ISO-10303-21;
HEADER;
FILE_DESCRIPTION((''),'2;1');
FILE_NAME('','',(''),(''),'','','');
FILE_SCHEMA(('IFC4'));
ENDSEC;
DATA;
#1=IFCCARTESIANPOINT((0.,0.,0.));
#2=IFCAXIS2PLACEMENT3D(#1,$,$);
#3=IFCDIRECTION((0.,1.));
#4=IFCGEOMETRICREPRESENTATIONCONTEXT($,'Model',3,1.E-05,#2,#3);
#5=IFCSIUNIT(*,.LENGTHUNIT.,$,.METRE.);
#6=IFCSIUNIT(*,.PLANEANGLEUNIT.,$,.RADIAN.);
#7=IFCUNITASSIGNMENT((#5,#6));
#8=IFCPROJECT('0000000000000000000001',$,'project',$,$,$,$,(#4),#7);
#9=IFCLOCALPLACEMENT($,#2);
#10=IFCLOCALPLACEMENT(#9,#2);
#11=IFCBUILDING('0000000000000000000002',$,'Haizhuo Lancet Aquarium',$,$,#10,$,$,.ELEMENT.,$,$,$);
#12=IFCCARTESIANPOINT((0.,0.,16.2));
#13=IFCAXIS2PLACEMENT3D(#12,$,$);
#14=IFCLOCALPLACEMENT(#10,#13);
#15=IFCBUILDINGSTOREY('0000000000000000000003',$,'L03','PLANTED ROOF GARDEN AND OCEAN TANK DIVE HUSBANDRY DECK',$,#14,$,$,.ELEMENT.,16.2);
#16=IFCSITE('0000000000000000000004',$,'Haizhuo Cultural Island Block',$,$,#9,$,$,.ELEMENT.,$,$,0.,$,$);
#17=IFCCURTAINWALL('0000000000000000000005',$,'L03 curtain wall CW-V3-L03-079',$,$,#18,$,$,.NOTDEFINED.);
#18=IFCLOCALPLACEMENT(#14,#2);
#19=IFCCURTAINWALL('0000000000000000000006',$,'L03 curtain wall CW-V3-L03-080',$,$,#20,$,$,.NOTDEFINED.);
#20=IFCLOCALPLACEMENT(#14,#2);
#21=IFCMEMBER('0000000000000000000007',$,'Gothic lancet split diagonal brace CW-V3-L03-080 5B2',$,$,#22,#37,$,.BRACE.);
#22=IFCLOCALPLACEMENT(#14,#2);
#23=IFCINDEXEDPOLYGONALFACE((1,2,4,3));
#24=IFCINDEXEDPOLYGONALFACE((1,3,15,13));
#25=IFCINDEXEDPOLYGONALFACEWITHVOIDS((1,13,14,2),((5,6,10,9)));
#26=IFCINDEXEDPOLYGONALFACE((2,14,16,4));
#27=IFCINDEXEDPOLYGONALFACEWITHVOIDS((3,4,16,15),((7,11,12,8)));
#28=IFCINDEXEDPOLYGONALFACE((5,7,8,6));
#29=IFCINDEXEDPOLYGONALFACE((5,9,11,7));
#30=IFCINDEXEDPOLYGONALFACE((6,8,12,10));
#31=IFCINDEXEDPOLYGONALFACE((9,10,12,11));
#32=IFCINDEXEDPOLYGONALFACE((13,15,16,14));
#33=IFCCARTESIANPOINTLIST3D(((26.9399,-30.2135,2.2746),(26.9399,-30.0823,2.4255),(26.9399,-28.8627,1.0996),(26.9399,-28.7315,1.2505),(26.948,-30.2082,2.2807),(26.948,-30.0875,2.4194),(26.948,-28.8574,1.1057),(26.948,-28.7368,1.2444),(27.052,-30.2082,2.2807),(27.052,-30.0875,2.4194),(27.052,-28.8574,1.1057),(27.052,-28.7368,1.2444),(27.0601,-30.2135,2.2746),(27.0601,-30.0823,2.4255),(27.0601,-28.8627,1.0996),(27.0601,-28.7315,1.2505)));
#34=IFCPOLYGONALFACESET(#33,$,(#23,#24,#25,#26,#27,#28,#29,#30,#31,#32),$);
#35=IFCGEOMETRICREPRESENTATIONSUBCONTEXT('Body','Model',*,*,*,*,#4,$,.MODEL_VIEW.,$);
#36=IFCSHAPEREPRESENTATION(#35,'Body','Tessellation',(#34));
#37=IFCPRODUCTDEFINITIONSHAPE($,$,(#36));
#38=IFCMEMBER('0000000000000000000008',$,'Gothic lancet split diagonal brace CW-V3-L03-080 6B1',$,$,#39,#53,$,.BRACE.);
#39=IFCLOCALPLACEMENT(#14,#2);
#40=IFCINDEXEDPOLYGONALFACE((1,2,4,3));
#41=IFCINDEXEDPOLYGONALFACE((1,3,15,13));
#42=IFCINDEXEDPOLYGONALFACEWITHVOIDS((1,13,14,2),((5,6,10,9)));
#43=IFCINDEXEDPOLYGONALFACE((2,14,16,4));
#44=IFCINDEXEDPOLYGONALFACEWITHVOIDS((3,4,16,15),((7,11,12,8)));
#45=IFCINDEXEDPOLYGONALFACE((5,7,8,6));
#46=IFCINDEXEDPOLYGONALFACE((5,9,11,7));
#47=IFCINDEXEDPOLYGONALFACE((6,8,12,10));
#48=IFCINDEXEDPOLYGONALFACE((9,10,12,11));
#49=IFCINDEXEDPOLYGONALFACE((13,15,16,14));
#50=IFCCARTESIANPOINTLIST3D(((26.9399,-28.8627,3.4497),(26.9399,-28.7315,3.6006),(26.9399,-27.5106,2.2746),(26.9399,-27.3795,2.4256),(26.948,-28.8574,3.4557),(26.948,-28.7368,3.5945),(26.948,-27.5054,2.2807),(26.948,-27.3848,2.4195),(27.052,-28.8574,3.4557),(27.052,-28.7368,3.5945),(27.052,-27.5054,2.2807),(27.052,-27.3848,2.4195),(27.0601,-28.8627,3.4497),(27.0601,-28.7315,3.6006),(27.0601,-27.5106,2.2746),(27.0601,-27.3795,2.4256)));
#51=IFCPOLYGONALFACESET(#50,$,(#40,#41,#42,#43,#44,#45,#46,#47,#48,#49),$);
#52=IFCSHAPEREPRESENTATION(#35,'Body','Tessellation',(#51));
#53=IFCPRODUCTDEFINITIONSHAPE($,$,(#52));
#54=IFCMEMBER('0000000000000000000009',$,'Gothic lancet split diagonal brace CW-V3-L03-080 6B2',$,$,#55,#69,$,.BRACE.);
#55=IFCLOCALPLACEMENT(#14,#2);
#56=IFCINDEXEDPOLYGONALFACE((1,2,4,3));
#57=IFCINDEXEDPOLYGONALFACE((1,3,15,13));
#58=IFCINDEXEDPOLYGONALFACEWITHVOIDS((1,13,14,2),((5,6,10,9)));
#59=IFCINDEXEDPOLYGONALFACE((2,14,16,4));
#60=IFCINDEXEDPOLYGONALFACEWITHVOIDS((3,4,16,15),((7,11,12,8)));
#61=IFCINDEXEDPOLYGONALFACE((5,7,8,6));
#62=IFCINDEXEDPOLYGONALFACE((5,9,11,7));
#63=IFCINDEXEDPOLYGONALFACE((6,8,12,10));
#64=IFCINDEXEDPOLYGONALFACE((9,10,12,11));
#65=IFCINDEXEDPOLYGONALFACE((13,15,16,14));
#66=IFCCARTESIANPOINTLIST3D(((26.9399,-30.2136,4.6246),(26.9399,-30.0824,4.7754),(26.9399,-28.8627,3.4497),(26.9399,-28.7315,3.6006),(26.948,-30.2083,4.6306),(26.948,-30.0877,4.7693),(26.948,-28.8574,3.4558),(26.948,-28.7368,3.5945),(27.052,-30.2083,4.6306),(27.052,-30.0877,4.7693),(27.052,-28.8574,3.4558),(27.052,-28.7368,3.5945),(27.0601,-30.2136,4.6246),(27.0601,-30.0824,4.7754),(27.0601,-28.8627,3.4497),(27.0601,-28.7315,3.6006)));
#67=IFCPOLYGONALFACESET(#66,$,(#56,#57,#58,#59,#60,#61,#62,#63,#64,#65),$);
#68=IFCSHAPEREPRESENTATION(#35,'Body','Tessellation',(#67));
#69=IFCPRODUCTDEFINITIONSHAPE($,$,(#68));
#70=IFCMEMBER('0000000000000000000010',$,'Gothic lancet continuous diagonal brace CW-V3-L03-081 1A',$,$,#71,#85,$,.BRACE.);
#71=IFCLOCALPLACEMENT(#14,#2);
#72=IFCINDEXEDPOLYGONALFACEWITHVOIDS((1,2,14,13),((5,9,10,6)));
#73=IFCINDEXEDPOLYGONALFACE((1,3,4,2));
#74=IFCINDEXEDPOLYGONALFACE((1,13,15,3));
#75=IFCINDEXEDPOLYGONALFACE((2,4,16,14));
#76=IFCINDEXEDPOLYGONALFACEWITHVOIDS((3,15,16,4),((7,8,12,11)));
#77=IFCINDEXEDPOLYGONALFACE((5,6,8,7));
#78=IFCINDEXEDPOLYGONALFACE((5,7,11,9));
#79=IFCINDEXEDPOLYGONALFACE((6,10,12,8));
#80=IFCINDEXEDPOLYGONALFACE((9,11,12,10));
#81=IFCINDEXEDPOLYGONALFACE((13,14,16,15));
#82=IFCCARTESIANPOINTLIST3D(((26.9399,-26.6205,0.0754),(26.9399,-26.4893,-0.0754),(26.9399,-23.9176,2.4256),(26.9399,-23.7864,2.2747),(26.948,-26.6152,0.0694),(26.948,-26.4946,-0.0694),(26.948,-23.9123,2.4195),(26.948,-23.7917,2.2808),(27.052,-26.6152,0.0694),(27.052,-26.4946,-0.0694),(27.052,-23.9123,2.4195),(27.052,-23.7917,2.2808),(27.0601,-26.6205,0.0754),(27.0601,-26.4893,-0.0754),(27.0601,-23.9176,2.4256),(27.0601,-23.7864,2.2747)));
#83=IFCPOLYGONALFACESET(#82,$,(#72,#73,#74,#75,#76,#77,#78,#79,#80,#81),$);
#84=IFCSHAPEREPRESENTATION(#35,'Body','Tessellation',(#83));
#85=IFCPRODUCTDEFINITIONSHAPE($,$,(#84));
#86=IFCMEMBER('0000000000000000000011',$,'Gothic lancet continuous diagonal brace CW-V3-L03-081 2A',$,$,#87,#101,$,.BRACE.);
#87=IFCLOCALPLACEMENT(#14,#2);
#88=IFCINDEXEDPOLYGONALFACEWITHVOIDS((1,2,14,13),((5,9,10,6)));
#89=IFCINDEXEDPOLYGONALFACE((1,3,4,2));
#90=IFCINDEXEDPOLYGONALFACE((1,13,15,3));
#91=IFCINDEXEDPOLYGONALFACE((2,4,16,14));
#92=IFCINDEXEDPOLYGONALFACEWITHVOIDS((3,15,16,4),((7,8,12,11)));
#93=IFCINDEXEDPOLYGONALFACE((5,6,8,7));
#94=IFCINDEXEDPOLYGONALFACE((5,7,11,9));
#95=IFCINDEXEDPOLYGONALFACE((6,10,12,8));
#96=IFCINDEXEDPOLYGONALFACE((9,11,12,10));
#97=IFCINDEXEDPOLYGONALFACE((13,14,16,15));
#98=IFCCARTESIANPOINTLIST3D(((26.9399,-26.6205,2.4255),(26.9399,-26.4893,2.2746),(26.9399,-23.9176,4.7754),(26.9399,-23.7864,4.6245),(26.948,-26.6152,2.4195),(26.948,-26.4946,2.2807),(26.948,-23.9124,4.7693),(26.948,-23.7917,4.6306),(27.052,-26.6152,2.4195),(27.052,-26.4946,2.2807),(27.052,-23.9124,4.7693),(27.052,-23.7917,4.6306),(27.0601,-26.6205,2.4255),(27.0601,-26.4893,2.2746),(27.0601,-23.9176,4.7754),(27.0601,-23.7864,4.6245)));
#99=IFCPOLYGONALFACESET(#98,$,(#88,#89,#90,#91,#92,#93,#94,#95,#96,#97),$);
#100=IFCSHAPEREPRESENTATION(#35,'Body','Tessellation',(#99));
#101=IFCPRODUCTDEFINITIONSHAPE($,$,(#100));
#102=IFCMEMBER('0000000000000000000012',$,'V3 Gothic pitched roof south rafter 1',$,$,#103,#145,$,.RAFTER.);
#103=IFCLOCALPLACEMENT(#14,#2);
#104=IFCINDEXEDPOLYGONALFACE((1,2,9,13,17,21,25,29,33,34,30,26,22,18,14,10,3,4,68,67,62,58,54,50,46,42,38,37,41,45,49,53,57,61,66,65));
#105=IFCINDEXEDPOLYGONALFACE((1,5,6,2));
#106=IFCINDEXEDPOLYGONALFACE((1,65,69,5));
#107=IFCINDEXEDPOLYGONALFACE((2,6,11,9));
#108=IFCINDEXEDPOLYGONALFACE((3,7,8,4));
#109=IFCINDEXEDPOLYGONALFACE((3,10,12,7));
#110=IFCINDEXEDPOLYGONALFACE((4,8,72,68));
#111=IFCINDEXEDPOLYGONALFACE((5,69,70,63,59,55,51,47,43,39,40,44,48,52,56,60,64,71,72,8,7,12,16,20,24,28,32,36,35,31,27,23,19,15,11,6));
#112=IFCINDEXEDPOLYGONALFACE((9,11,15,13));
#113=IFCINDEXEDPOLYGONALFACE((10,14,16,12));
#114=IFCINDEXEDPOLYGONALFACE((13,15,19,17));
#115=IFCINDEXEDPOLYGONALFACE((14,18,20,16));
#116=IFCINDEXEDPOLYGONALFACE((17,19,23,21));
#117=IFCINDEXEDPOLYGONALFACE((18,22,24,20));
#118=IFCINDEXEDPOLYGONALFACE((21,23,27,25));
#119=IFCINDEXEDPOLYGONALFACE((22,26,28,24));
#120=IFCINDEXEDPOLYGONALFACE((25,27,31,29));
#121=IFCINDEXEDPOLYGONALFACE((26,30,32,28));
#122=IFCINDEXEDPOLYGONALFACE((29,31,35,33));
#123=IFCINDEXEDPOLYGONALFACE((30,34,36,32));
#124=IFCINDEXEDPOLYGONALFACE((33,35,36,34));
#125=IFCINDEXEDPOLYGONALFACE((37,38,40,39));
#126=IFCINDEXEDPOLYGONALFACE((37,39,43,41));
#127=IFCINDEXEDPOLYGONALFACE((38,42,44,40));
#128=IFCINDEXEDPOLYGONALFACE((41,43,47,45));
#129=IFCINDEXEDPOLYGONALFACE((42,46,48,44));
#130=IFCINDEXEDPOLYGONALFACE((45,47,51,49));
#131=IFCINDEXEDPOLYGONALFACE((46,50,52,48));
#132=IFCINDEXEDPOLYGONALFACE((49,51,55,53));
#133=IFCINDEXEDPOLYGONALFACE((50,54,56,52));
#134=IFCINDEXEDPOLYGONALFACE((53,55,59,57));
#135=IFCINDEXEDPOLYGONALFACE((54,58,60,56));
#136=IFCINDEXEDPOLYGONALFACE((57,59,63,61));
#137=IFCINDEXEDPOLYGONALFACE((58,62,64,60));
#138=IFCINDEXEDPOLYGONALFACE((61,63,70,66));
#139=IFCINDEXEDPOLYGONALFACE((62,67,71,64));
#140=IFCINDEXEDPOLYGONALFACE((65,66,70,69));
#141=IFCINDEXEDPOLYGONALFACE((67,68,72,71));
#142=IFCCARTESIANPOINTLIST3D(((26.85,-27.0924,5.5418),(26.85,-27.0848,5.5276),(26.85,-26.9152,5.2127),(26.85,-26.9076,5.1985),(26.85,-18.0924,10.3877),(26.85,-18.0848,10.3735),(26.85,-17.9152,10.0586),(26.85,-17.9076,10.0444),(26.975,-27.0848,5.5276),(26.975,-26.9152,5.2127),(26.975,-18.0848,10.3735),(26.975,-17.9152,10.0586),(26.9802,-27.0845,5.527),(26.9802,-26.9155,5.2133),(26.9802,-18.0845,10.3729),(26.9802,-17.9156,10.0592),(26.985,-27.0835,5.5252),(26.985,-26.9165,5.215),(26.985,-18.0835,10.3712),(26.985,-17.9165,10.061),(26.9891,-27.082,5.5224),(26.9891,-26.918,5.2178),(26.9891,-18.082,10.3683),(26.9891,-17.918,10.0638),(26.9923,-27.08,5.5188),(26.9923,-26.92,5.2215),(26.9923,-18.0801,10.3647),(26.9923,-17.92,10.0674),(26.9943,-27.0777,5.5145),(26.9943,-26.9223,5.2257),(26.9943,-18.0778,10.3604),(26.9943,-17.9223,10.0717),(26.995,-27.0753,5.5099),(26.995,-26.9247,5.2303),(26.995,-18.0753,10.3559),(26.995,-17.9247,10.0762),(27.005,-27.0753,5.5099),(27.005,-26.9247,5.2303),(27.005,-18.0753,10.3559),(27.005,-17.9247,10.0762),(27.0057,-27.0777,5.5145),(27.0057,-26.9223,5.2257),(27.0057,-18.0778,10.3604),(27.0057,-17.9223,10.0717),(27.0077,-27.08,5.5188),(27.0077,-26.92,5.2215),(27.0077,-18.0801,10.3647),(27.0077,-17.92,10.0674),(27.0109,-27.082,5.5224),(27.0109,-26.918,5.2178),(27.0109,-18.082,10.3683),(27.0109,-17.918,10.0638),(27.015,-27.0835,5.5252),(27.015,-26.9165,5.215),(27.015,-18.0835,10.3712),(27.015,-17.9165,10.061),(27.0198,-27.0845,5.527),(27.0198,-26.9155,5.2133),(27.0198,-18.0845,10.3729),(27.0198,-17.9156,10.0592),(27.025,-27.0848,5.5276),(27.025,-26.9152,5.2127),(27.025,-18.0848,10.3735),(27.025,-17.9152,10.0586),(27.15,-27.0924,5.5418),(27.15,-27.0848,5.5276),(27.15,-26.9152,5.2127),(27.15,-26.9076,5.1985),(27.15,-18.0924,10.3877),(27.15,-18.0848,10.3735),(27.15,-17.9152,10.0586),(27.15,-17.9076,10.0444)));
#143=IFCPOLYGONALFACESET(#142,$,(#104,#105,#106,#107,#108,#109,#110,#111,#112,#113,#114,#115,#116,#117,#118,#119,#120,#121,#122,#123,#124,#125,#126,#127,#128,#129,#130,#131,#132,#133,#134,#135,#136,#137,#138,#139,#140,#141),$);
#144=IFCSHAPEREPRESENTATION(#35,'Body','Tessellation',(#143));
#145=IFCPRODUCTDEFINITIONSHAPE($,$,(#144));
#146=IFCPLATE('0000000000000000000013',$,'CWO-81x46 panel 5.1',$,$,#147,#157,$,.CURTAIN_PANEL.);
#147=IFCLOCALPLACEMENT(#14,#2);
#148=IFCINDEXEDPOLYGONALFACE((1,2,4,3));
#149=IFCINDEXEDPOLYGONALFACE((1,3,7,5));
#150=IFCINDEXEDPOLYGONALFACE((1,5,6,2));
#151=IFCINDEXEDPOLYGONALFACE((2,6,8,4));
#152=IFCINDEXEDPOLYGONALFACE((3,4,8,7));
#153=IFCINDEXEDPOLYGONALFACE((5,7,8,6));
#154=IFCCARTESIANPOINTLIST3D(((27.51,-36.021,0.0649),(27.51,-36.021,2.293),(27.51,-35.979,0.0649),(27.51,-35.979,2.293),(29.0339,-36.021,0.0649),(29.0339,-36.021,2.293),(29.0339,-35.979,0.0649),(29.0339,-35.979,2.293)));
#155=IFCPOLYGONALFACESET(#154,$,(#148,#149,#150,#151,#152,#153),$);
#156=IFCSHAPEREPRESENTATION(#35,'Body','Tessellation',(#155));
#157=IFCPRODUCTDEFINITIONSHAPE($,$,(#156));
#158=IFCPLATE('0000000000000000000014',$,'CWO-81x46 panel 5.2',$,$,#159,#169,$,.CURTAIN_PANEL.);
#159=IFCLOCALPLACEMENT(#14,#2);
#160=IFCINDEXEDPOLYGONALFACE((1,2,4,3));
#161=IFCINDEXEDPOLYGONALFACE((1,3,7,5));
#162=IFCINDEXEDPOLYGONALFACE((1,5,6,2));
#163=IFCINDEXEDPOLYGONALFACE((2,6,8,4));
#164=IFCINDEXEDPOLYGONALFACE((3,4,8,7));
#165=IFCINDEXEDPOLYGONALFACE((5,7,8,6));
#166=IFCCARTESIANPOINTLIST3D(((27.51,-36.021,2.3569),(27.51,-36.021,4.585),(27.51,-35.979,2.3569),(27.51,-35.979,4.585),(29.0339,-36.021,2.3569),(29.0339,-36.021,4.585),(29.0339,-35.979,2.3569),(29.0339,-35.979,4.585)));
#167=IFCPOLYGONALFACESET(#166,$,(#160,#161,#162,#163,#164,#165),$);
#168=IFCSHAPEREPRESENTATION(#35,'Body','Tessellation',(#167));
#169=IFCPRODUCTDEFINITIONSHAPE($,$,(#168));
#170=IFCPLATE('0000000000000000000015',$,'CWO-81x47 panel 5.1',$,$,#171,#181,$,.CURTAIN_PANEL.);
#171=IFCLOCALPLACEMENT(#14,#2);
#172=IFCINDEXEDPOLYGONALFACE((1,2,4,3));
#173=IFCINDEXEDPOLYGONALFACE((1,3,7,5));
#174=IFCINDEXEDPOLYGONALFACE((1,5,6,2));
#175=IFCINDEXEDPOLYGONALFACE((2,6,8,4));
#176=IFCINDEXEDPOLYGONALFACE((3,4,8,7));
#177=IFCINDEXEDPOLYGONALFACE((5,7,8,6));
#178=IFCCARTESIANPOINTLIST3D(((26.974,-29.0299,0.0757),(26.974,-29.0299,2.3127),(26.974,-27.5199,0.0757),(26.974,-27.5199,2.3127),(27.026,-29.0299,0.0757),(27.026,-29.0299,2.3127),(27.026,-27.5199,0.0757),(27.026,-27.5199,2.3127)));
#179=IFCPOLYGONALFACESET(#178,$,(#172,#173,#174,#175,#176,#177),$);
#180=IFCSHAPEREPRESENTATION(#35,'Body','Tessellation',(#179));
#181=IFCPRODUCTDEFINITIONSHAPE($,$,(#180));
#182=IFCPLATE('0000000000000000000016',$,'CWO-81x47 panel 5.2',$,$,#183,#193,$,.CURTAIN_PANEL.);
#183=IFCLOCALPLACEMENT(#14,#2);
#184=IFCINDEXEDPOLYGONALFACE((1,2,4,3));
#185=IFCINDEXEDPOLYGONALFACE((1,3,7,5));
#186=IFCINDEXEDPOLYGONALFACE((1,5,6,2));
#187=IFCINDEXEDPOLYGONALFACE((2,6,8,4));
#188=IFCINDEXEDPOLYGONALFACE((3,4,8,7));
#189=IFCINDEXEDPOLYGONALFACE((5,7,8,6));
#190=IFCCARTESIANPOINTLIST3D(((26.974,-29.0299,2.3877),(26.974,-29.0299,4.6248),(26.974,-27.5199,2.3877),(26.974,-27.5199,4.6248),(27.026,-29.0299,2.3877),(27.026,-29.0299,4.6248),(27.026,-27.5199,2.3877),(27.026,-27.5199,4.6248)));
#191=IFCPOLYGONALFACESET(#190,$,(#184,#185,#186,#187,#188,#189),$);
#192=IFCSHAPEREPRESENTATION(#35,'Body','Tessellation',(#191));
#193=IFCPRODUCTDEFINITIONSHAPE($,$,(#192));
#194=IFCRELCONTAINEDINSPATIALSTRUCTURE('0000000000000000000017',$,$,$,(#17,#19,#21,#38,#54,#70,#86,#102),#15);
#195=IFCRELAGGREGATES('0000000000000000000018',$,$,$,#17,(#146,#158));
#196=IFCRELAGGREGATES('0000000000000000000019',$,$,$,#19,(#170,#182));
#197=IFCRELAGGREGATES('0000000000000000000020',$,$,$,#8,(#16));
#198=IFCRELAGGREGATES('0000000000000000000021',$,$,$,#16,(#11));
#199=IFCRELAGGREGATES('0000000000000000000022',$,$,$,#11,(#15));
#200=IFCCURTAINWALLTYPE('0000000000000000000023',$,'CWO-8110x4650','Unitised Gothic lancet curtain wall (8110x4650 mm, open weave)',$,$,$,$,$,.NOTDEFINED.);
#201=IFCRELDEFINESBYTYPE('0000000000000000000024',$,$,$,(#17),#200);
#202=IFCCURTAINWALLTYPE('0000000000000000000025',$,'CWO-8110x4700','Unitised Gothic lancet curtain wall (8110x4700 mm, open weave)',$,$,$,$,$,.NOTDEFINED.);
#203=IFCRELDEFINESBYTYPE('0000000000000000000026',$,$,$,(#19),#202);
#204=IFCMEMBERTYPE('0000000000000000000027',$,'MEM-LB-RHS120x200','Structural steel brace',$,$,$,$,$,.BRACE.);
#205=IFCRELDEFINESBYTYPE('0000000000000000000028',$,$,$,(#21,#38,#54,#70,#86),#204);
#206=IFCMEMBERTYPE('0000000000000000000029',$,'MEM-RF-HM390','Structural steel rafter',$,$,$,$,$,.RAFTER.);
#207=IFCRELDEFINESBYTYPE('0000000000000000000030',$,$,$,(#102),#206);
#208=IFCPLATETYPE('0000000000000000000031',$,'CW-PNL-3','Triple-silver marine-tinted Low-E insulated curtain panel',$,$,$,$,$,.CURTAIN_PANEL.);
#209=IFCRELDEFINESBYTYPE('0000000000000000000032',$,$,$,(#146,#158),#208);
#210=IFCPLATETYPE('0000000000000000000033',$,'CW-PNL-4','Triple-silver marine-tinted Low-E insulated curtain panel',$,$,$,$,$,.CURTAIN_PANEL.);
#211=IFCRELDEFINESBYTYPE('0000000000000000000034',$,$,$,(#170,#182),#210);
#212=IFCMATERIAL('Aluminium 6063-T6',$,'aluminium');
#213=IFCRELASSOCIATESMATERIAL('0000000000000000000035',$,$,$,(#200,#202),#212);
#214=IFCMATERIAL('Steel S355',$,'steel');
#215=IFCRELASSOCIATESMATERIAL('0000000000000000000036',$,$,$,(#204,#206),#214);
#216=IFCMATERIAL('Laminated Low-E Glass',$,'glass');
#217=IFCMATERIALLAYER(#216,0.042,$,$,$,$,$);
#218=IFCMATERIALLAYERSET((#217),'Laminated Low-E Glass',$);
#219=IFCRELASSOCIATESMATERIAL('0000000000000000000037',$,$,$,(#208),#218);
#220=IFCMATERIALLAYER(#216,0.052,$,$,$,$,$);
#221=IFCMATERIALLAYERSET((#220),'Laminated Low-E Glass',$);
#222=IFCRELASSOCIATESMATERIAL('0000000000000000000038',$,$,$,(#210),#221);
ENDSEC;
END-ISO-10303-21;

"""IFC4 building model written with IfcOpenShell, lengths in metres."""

from ifc_helpers import new_model, si_unit, direction, frame, origin, origin_2d, place, context, subcontext, project, spatial, rectangle, hollow_rectangle, i_section, extrude, material, layer, layer_set, material_profile, profile_set, type_object, element, aggregate, save


model = new_model("IFC4")

# Units and contexts
model_context = context("Model", 3, precision=1e-05, world=origin(), true_north=direction((0.0, 1.0)))
body_context = subcontext(model_context, "Body", "Model", "MODEL_VIEW")
ifc_project = project(units=[si_unit("LENGTHUNIT", "METRE"), si_unit("PLANEANGLEUNIT", "RADIAN")], contexts=[model_context])

# Site, building, storey
site_placement = place(None, origin())
site = spatial("IfcSite", under=ifc_project, at=site_placement, Name="Haizhuo Cultural Island Block", CompositionType="ELEMENT", RefElevation=0.0)
building_placement = place(site_placement, origin())
building = spatial("IfcBuilding", under=site, at=building_placement, Name="Haizhuo Lancet Aquarium", CompositionType="ELEMENT")
storey_placement = place(building_placement, frame((0.0, 0.0, 16.2)))
storey = spatial("IfcBuildingStorey", under=building, at=storey_placement, Name="L03", Description="PLANTED ROOF GARDEN AND OCEAN TANK DIVE HUSBANDRY DECK", CompositionType="ELEMENT", Elevation=16.2)

# Curtain wall
ifc_material_1 = material(Name="Aluminium 6063-T6", Category="aluminium")
curtain_wall_type_1 = type_object("IfcCurtainWallType", Name="CWO-8110x4650", Description="Unitised Gothic lancet curtain wall (8110x4650 mm, open weave)", PredefinedType="NOTDEFINED", material=ifc_material_1)
curtain_wall_1_placement = place(storey_placement, origin())
curtain_wall_1 = element("IfcCurtainWall", 1, at=curtain_wall_1_placement, inside=storey, type_object=curtain_wall_type_1, Name="L03 curtain wall CW-V3-L03-079", PredefinedType="NOTDEFINED")

# Curtain wall
curtain_wall_type_2 = type_object("IfcCurtainWallType", Name="CWO-8110x4700", Description="Unitised Gothic lancet curtain wall (8110x4700 mm, open weave)", PredefinedType="NOTDEFINED", material=ifc_material_1)
curtain_wall_2_placement = place(storey_placement, origin())
curtain_wall_2 = element("IfcCurtainWall", 2, at=curtain_wall_2_placement, inside=storey, type_object=curtain_wall_type_2, Name="L03 curtain wall CW-V3-L03-080", PredefinedType="NOTDEFINED")

# Members
ifc_material_2 = material(Name="Steel S355", Category="steel")
ifc_material_profile_1 = material_profile(ifc_material_2, hollow_rectangle(XDim=0.1201, YDim=0.2, WallThickness=0.0081, at=origin_2d()), Name="RHS 120x200x8")
ifc_profile_set_1 = profile_set([ifc_material_profile_1], Name="Steel S355")
member_type_1 = type_object("IfcMemberType", Name="MEM-LB-RHS120x200", Description="Structural steel brace", PredefinedType="BRACE", material=ifc_profile_set_1)
member_1_placement = place(storey_placement, frame((27.0, -28.7971, 1.175), z_axis=(0.0, -0.754491, 0.65631), x_axis=(1.0, 0.0, 0.0)))
element("IfcMember", 3, at=member_1_placement, inside=storey, type_object=member_type_1, Name="Gothic lancet split diagonal brace CW-V3-L03-080 5B2", PredefinedType="BRACE", context=body_context, shape_type="SweptSolid", body=[
    extrude(hollow_rectangle(XDim=0.1201, YDim=0.2, WallThickness=0.0081, at=origin_2d()), origin(), (0.0, 0.0, 1.0), 1.7903),
])
member_2_placement = place(storey_placement, frame((27.0, -27.4451, 2.3501), z_axis=(0.0, -0.754784, 0.655973), x_axis=(1.0, 0.0, 0.0)))
element("IfcMember", 4, at=member_2_placement, inside=storey, type_object=member_type_1, Name="Gothic lancet split diagonal brace CW-V3-L03-080 6B1", PredefinedType="BRACE", context=body_context, shape_type="SweptSolid", body=[
    extrude(hollow_rectangle(XDim=0.1201, YDim=0.2, WallThickness=0.0081, at=origin_2d()), origin(), (0.0, 0.0, 1.0), 1.7913),
])
member_3_placement = place(storey_placement, frame((27.0, -28.7971, 3.5251), z_axis=(0.0, -0.754559, 0.656233), x_axis=(1.0, 0.0, 0.0)))
element("IfcMember", 5, at=member_3_placement, inside=storey, type_object=member_type_1, Name="Gothic lancet split diagonal brace CW-V3-L03-080 6B2", PredefinedType="BRACE", context=body_context, shape_type="SweptSolid", body=[
    extrude(hollow_rectangle(XDim=0.1201, YDim=0.2, WallThickness=0.0081, at=origin_2d()), origin(), (0.0, 0.0, 1.0), 1.7903),
])
member_4_placement = place(storey_placement, frame((27.0, -26.5549, 0.0), z_axis=(0.0, 0.754638, 0.656142), x_axis=(-1.0, 0.0, 0.0)))
element("IfcMember", 6, at=member_4_placement, inside=storey, type_object=member_type_1, Name="Gothic lancet continuous diagonal brace CW-V3-L03-081 1A", PredefinedType="BRACE", context=body_context, shape_type="SweptSolid", body=[
    extrude(hollow_rectangle(XDim=0.1201, YDim=0.2, WallThickness=0.0081, at=origin_2d()), origin(), (0.0, 0.0, 1.0), 3.5818),
])
member_5_placement = place(storey_placement, frame((27.0, -26.5549, 2.3501), z_axis=(0.0, 0.754672, 0.656103), x_axis=(-1.0, 0.0, 0.0)))
element("IfcMember", 7, at=member_5_placement, inside=storey, type_object=member_type_1, Name="Gothic lancet continuous diagonal brace CW-V3-L03-081 2A", PredefinedType="BRACE", context=body_context, shape_type="SweptSolid", body=[
    extrude(hollow_rectangle(XDim=0.1201, YDim=0.2, WallThickness=0.0081, at=origin_2d()), origin(), (0.0, 0.0, 1.0), 3.5815),
])
ifc_material_profile_2 = material_profile(ifc_material_2, i_section(OverallWidth=0.3, OverallDepth=0.3899, WebThickness=0.01, FlangeThickness=0.0161, FilletRadius=0.02, at=origin_2d()), Name="HM 390x300x10x16")
ifc_profile_set_2 = profile_set([ifc_material_profile_2], Name="Steel S355")
member_type_2 = type_object("IfcMemberType", Name="MEM-RF-HM390", Description="Structural steel rafter", PredefinedType="RAFTER", material=ifc_profile_set_2)
member_6_placement = place(storey_placement, frame((27.0, -27.0, 5.3701), z_axis=(0.0, 0.88048, 0.474084), x_axis=(-1.0, 0.0, 0.0)))
element("IfcMember", 8, at=member_6_placement, inside=storey, type_object=member_type_2, Name="V3 Gothic pitched roof south rafter 1", PredefinedType="RAFTER", context=body_context, shape_type="SweptSolid", body=[
    extrude(i_section(OverallWidth=0.3, OverallDepth=0.3899, WebThickness=0.01, FlangeThickness=0.0161, FilletRadius=0.02, at=origin_2d()), origin(), (0.0, 0.0, 1.0), 10.2217),
])

# Plates
ifc_material_3 = material(Name="Laminated Low-E Glass", Category="glass")
ifc_layer_1 = layer(ifc_material_3, 0.042)
ifc_layer_set_1 = layer_set([ifc_layer_1], Name="Laminated Low-E Glass")
plate_type_1 = type_object("IfcPlateType", Name="CW-PNL-3", Description="Triple-silver marine-tinted Low-E insulated curtain panel", PredefinedType="CURTAIN_PANEL", material=ifc_layer_set_1)
plate_1_placement = place(storey_placement, frame((28.272, -36.0, 0.0649), z_axis=(0.0, 0.0, 1.0), x_axis=(-1.0, 0.0, 0.0)))
plate_1 = element("IfcPlate", 9, at=plate_1_placement, type_object=plate_type_1, Name="CWO-81x46 panel 5.1", PredefinedType="CURTAIN_PANEL", context=body_context, shape_type="SweptSolid", body=[
    extrude(rectangle(XDim=1.5239, YDim=0.042, at=origin_2d()), origin(), (0.0, 0.0, 1.0), 2.228),
])
plate_2_placement = place(storey_placement, frame((28.272, -36.0, 2.3569), z_axis=(0.0, 0.0, 1.0), x_axis=(-1.0, 0.0, 0.0)))
plate_2 = element("IfcPlate", 10, at=plate_2_placement, type_object=plate_type_1, Name="CWO-81x46 panel 5.2", PredefinedType="CURTAIN_PANEL", context=body_context, shape_type="SweptSolid", body=[
    extrude(rectangle(XDim=1.5239, YDim=0.042, at=origin_2d()), origin(), (0.0, 0.0, 1.0), 2.228),
])
aggregate(curtain_wall_1, [plate_1, plate_2])
ifc_layer_2 = layer(ifc_material_3, 0.052)
ifc_layer_set_2 = layer_set([ifc_layer_2], Name="Laminated Low-E Glass")
plate_type_2 = type_object("IfcPlateType", Name="CW-PNL-4", Description="Triple-silver marine-tinted Low-E insulated curtain panel", PredefinedType="CURTAIN_PANEL", material=ifc_layer_set_2)
plate_3_placement = place(storey_placement, frame((27.0, -28.2749, 0.0757), z_axis=(0.0, 0.0, 1.0), x_axis=(0.0, 1.0, 0.0)))
plate_3 = element("IfcPlate", 11, at=plate_3_placement, type_object=plate_type_2, Name="CWO-81x47 panel 5.1", PredefinedType="CURTAIN_PANEL", context=body_context, shape_type="SweptSolid", body=[
    extrude(rectangle(XDim=1.51, YDim=0.052, at=origin_2d()), origin(), (0.0, 0.0, 1.0), 2.2371),
])
plate_4_placement = place(storey_placement, frame((27.0, -28.2749, 2.3877), z_axis=(0.0, 0.0, 1.0), x_axis=(0.0, 1.0, 0.0)))
plate_4 = element("IfcPlate", 12, at=plate_4_placement, type_object=plate_type_2, Name="CWO-81x47 panel 5.2", PredefinedType="CURTAIN_PANEL", context=body_context, shape_type="SweptSolid", body=[
    extrude(rectangle(XDim=1.51, YDim=0.052, at=origin_2d()), origin(), (0.0, 0.0, 1.0), 2.2371),
])
aggregate(curtain_wall_2, [plate_3, plate_4])

save(model, "model.ifc")
